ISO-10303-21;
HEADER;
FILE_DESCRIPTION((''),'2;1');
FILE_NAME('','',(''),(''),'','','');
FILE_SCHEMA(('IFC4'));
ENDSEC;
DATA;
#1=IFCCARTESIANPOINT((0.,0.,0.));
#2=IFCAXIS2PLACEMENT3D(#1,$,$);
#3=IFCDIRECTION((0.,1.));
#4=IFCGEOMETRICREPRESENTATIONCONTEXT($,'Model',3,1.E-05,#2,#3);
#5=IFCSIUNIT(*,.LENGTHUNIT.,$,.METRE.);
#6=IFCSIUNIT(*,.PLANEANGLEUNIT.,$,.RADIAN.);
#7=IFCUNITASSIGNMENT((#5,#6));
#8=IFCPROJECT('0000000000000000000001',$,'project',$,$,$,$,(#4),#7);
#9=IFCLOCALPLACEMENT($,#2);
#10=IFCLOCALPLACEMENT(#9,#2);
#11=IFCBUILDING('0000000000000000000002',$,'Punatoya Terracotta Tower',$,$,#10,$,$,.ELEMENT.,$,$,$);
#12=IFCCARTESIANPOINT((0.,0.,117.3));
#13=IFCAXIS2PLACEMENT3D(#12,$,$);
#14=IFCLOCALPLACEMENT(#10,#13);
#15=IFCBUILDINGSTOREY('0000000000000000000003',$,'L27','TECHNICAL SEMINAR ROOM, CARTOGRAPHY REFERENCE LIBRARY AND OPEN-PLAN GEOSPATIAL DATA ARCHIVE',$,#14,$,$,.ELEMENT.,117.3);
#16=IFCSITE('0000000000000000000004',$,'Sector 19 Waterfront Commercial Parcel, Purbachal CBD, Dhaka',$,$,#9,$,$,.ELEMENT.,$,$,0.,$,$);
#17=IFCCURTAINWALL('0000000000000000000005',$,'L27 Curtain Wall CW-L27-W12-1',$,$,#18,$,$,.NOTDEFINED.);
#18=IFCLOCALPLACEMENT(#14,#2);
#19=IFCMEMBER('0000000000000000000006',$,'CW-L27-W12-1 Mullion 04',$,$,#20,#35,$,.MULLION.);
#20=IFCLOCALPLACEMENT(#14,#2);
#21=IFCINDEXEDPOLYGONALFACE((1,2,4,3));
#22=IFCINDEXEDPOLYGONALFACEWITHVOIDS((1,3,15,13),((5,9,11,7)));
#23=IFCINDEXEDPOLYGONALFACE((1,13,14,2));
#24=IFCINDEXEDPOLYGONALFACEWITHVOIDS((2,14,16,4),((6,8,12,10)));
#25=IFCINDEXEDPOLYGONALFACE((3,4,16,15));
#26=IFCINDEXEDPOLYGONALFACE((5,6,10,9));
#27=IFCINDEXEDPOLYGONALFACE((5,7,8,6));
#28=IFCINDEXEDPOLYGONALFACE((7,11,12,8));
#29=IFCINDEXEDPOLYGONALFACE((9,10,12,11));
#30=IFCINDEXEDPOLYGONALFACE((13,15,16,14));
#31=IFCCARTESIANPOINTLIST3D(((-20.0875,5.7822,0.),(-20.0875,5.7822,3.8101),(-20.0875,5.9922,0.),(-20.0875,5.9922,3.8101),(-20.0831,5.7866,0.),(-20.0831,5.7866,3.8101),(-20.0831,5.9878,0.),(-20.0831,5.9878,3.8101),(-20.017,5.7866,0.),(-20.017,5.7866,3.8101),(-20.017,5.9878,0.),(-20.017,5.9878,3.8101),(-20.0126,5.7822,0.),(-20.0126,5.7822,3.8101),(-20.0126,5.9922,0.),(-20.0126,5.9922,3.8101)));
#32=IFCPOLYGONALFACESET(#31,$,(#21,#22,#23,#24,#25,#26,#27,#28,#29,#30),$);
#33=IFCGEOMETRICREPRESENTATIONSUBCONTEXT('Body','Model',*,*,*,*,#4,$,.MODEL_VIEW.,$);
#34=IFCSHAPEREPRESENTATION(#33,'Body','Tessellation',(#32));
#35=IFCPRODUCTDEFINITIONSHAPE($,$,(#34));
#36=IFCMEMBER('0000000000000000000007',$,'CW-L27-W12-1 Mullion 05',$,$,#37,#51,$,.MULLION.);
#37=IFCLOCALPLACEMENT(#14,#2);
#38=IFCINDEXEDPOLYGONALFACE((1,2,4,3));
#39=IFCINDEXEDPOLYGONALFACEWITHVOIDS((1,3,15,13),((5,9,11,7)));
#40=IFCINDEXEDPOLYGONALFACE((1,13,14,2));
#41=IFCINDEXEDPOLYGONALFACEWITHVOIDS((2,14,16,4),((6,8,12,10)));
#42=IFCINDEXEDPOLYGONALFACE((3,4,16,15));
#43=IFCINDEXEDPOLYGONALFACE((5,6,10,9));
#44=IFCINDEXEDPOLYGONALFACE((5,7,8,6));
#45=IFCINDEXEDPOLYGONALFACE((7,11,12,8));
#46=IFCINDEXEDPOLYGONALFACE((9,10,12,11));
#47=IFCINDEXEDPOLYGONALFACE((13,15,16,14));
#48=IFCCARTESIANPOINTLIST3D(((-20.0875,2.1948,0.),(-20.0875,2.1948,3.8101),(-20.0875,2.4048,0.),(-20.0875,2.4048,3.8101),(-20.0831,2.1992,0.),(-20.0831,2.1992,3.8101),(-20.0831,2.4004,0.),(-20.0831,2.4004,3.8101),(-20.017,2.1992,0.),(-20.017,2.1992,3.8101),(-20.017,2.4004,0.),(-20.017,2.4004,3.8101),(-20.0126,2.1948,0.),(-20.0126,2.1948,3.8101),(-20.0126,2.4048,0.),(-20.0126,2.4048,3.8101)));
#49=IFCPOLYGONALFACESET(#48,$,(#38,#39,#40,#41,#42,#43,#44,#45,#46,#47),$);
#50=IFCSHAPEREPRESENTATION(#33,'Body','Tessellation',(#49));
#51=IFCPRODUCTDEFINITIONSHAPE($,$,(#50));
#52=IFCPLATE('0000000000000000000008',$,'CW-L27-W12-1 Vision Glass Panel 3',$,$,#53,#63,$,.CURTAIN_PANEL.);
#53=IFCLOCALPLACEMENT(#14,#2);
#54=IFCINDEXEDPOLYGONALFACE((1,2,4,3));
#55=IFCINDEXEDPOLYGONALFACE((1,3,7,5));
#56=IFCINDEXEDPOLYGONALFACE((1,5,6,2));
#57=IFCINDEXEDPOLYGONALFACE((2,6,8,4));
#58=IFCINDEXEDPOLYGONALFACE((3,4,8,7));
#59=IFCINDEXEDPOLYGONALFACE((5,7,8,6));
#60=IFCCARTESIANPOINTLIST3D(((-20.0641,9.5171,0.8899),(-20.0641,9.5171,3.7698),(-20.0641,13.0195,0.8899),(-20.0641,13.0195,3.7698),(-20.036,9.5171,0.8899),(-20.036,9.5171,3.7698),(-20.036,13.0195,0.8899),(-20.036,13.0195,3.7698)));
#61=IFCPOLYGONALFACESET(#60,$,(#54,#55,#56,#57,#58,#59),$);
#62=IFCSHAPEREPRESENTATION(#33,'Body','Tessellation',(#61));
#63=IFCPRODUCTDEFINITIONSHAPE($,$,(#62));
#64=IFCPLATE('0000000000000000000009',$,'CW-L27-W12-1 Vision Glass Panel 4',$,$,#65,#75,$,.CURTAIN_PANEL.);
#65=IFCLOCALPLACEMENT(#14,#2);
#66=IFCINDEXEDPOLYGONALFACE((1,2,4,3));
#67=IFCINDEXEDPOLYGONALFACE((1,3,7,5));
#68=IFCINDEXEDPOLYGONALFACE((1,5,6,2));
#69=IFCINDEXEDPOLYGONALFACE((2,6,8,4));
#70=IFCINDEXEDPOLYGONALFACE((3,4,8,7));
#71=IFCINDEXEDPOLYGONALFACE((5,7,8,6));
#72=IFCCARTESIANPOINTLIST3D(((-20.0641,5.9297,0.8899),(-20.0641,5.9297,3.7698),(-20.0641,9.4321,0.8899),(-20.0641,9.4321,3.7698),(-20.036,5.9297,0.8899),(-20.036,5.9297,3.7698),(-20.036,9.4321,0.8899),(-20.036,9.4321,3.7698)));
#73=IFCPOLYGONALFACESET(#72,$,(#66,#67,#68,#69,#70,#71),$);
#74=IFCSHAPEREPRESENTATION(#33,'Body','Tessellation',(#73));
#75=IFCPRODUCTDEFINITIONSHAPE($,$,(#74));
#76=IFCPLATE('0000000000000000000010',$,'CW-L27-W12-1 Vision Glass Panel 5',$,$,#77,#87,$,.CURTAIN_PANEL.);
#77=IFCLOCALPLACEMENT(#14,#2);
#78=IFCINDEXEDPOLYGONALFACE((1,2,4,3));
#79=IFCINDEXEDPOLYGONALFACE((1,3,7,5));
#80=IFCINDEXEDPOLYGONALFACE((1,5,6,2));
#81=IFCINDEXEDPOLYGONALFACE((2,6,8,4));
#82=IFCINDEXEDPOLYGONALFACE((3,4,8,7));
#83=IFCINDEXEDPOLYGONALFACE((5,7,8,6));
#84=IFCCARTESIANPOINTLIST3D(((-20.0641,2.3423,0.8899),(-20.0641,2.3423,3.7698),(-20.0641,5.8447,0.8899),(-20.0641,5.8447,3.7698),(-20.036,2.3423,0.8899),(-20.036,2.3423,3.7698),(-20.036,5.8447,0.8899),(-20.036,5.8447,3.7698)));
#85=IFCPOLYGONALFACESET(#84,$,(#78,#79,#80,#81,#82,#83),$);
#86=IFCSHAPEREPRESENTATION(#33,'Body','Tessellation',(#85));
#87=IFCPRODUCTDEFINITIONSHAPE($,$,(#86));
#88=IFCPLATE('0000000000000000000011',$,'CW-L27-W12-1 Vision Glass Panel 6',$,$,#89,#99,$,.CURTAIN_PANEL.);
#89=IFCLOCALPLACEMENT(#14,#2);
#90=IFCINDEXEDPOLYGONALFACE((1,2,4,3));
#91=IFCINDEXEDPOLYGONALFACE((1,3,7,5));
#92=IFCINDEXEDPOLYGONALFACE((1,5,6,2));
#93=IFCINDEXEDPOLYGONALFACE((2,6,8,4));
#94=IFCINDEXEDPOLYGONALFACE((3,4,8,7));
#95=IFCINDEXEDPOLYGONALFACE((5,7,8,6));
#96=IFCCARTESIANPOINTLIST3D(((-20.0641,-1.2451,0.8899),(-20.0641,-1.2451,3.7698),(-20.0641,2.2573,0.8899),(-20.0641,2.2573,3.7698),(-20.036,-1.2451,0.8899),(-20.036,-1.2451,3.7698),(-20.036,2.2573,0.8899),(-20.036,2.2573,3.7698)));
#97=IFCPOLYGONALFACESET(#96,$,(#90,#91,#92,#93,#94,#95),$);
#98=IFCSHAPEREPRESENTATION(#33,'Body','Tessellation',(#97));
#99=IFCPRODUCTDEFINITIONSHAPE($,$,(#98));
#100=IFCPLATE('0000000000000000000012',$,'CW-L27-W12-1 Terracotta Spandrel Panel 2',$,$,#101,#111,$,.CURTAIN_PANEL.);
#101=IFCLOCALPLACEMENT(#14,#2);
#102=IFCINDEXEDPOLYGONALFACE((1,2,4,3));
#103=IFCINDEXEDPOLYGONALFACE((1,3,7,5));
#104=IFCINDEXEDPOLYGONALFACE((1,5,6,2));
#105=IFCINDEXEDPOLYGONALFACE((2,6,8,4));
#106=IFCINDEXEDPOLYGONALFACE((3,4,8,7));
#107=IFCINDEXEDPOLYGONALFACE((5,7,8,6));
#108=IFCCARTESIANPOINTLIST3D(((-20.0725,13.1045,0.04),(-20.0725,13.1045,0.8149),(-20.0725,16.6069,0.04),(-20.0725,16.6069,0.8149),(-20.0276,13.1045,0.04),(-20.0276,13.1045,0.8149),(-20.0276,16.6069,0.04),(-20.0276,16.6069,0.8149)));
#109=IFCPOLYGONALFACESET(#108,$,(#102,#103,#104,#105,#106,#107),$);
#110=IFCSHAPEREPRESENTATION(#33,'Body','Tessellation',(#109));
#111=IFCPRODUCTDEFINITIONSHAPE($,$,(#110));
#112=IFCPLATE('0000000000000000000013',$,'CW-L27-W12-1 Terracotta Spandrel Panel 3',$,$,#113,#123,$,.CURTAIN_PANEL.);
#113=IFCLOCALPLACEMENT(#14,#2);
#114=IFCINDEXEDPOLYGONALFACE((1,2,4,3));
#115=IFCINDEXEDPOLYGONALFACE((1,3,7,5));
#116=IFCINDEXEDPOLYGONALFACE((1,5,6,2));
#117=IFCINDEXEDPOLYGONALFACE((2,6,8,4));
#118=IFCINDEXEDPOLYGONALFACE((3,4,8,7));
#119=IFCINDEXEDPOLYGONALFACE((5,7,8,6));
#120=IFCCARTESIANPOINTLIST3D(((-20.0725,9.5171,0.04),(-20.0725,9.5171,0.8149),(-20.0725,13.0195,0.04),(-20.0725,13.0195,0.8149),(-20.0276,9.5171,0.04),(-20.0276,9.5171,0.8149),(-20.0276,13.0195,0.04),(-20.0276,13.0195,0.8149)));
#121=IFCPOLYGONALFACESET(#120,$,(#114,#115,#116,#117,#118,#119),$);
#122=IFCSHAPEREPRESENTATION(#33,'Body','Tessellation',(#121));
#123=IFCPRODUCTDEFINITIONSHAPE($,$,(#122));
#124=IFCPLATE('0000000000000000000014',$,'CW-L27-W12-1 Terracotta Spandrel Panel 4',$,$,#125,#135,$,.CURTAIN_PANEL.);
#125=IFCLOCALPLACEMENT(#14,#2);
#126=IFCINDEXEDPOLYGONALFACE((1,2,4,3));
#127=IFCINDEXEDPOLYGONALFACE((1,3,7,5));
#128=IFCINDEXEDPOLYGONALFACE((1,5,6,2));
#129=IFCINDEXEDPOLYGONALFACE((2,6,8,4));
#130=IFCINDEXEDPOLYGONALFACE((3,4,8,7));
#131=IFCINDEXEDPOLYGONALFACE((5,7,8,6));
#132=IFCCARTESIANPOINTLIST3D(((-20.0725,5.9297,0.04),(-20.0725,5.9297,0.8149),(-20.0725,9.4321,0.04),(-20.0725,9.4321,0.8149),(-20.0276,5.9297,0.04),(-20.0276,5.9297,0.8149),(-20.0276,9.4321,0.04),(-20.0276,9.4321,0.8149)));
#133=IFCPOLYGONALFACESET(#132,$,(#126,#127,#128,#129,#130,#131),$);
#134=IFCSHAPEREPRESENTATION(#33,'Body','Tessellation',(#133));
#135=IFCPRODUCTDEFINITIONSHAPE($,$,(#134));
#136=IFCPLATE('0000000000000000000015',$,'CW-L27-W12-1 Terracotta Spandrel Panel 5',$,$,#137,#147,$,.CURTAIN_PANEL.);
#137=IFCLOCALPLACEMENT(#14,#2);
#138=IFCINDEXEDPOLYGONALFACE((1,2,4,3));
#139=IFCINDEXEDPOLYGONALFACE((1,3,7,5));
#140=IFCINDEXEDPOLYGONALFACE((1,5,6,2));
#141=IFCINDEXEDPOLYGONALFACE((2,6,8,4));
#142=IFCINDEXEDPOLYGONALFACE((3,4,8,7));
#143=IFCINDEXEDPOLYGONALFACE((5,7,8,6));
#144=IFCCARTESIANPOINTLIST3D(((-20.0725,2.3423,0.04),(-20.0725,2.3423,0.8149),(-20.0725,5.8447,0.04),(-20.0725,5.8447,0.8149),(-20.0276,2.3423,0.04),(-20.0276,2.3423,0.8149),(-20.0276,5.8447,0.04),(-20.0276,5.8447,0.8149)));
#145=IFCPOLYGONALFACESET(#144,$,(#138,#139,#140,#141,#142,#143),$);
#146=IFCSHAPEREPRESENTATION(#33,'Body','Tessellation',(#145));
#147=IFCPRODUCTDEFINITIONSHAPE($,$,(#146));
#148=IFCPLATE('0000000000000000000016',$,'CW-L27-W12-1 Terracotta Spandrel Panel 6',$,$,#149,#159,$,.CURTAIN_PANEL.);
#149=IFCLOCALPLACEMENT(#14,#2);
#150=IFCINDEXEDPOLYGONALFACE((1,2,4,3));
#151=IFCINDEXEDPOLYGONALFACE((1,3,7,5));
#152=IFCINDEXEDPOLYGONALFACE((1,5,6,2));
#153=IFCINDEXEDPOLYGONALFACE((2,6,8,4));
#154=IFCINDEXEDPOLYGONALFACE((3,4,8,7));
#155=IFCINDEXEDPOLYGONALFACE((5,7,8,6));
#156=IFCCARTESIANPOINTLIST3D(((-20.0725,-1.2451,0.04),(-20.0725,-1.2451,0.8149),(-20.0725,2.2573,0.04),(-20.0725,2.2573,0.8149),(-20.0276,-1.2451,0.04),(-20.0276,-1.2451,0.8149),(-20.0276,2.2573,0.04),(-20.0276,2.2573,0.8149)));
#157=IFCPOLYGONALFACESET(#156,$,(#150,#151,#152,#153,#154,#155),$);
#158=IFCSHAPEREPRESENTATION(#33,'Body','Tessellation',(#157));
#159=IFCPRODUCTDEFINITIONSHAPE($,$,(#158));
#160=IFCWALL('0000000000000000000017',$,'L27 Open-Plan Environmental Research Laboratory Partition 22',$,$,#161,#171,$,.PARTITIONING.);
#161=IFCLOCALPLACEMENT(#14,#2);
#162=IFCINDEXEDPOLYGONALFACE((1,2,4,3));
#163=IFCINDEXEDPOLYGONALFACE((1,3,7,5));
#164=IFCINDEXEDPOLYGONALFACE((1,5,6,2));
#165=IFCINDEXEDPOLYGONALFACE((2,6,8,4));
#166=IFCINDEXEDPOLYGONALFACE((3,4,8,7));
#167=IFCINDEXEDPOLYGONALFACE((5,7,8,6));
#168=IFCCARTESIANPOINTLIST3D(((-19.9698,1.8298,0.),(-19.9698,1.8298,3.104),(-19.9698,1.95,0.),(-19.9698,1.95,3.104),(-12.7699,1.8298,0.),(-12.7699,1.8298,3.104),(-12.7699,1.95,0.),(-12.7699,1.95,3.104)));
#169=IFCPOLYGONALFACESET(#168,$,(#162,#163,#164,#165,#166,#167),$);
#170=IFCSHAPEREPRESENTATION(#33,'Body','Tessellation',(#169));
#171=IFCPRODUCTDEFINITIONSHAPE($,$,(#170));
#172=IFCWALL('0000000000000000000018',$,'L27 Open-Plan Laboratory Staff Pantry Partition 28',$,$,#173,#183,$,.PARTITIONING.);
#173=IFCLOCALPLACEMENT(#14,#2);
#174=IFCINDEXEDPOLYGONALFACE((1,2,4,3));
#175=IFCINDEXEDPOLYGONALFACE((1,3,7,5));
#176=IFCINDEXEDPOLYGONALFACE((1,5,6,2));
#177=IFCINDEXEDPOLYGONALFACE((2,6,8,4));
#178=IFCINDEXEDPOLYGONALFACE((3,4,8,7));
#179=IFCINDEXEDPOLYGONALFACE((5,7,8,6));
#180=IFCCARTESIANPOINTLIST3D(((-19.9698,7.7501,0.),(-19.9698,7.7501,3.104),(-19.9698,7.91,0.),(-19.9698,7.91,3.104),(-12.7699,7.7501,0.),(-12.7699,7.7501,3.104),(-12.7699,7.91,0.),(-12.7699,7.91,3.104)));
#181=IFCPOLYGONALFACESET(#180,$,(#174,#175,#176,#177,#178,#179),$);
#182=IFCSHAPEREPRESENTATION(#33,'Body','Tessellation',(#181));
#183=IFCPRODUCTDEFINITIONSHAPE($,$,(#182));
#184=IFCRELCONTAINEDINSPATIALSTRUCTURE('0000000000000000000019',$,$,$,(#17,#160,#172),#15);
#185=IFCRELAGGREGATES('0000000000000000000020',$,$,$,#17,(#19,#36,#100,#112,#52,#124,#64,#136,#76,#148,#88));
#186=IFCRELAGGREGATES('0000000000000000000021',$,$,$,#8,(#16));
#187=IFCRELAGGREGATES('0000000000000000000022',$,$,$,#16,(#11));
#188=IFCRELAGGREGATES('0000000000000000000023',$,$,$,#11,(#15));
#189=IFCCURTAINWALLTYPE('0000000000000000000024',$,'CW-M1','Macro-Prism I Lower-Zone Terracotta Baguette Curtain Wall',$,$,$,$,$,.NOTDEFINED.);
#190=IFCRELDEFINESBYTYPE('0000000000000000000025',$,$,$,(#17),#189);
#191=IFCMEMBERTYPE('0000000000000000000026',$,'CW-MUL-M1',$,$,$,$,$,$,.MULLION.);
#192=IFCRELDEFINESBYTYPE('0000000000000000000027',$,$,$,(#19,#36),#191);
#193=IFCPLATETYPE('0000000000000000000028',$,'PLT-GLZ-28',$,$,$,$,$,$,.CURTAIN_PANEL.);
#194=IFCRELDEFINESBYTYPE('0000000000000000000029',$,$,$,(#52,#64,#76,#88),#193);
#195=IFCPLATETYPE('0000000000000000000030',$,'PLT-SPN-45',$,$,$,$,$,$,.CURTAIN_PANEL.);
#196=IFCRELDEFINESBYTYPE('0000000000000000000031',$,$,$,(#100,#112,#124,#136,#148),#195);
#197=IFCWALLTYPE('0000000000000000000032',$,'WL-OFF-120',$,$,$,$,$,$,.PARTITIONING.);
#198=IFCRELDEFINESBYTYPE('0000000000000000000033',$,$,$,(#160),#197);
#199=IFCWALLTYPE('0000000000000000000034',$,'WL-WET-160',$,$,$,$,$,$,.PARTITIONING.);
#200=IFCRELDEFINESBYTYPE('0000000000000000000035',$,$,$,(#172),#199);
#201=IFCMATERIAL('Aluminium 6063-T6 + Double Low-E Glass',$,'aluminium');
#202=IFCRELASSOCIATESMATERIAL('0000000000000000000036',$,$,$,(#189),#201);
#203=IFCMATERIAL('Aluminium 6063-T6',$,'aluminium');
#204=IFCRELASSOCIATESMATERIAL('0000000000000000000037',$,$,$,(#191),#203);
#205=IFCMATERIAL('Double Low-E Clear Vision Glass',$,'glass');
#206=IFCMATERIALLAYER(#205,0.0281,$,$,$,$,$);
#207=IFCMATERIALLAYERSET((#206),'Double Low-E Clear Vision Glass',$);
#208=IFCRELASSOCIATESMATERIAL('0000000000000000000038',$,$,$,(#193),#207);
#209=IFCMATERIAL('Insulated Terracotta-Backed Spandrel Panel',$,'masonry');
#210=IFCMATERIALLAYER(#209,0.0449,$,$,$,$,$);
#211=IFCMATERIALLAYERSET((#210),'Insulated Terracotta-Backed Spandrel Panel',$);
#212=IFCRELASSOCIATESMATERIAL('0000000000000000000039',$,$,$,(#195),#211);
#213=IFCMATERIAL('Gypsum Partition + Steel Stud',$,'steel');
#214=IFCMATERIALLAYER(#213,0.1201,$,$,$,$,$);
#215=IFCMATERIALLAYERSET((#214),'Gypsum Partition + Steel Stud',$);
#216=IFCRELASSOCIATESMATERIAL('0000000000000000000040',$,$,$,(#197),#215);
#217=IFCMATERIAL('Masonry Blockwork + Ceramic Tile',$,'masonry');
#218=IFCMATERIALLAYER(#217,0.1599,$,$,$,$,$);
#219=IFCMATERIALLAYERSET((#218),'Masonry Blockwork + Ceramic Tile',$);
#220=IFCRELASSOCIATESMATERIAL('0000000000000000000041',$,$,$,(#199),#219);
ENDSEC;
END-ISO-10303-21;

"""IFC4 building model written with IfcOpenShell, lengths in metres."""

from ifc_helpers import new_model, si_unit, direction, frame, frame_2d, origin, origin_2d, place, context, subcontext, project, spatial, rectangle, hollow_rectangle, extrude, material, layer, layer_set, material_profile, profile_set, type_object, element, aggregate, save


model = new_model("IFC4")

# Units and contexts
model_context = context("Model", 3, precision=1e-05, world=origin(), true_north=direction((0.0, 1.0)))
body_context = subcontext(model_context, "Body", "Model", "MODEL_VIEW")
ifc_project = project(units=[si_unit("LENGTHUNIT", "METRE"), si_unit("PLANEANGLEUNIT", "RADIAN")], contexts=[model_context])

# Site, building, storey
site_placement = place(None, origin())
site = spatial("IfcSite", under=ifc_project, at=site_placement, Name="Sector 19 Waterfront Commercial Parcel, Purbachal CBD, Dhaka", CompositionType="ELEMENT", RefElevation=0.0)
building_placement = place(site_placement, origin())
building = spatial("IfcBuilding", under=site, at=building_placement, Name="Punatoya Terracotta Tower", CompositionType="ELEMENT")
storey_placement = place(building_placement, frame((0.0, 0.0, 117.3)))
storey = spatial("IfcBuildingStorey", under=building, at=storey_placement, Name="L27", Description="TECHNICAL SEMINAR ROOM, CARTOGRAPHY REFERENCE LIBRARY AND OPEN-PLAN GEOSPATIAL DATA ARCHIVE", CompositionType="ELEMENT", Elevation=117.3)

# Curtain wall, members, plates
ifc_material_1 = material(Name="Aluminium 6063-T6 + Double Low-E Glass", Category="aluminium")
curtain_wall_type = type_object("IfcCurtainWallType", Name="CW-M1", Description="Macro-Prism I Lower-Zone Terracotta Baguette Curtain Wall", PredefinedType="NOTDEFINED", material=ifc_material_1)
curtain_wall_placement = place(storey_placement, origin())
curtain_wall = element("IfcCurtainWall", 1, at=curtain_wall_placement, inside=storey, type_object=curtain_wall_type, Name="L27 Curtain Wall CW-L27-W12-1", PredefinedType="NOTDEFINED")
ifc_material_2 = material(Name="Aluminium 6063-T6", Category="aluminium")
ifc_material_profile_1 = material_profile(ifc_material_2, hollow_rectangle(XDim=0.075, YDim=0.21, WallThickness=0.0044, at=origin_2d()))
ifc_profile_set_1 = profile_set([ifc_material_profile_1], Name="Aluminium 6063-T6")
member_type = type_object("IfcMemberType", Name="CW-MUL-M1", PredefinedType="MULLION", material=ifc_profile_set_1)
member_1_placement = place(storey_placement, frame((-20.05, 5.8872, 0.0), z_axis=(0.0, 0.0, 1.0), x_axis=(1.0, 0.0, 0.0)))
member_1 = element("IfcMember", 2, at=member_1_placement, type_object=member_type, Name="CW-L27-W12-1 Mullion 04", PredefinedType="MULLION", context=body_context, shape_type="SweptSolid", body=[
    extrude(hollow_rectangle(XDim=0.075, YDim=0.21, WallThickness=0.0044, at=origin_2d()), origin(), (0.0, 0.0, 1.0), 3.8101),
])
member_2_placement = place(storey_placement, frame((-20.05, 2.2998, 0.0), z_axis=(0.0, 0.0, 1.0), x_axis=(1.0, 0.0, 0.0)))
member_2 = element("IfcMember", 3, at=member_2_placement, type_object=member_type, Name="CW-L27-W12-1 Mullion 05", PredefinedType="MULLION", context=body_context, shape_type="SweptSolid", body=[
    extrude(hollow_rectangle(XDim=0.075, YDim=0.21, WallThickness=0.0044, at=origin_2d()), origin(), (0.0, 0.0, 1.0), 3.8101),
])
ifc_material_3 = material(Name="Double Low-E Clear Vision Glass", Category="glass")
ifc_layer_1 = layer(ifc_material_3, 0.0281)
ifc_layer_set_1 = layer_set([ifc_layer_1], Name="Double Low-E Clear Vision Glass")
plate_type_1 = type_object("IfcPlateType", Name="PLT-GLZ-28", PredefinedType="CURTAIN_PANEL", material=ifc_layer_set_1)
plate_1_placement = place(storey_placement, frame((-20.05, 11.2683, 0.8899), z_axis=(0.0, 0.0, 1.0), x_axis=(0.0, -1.0, 0.0)))
plate_1 = element("IfcPlate", 4, at=plate_1_placement, type_object=plate_type_1, Name="CW-L27-W12-1 Vision Glass Panel 3", PredefinedType="CURTAIN_PANEL", context=body_context, shape_type="SweptSolid", body=[
    extrude(rectangle(XDim=3.5024, YDim=0.0281, at=origin_2d()), origin(), (0.0, 0.0, 1.0), 2.8799),
])
plate_2_placement = place(storey_placement, frame((-20.05, 7.6809, 0.8899), z_axis=(0.0, 0.0, 1.0), x_axis=(0.0, -1.0, 0.0)))
plate_2 = element("IfcPlate", 5, at=plate_2_placement, type_object=plate_type_1, Name="CW-L27-W12-1 Vision Glass Panel 4", PredefinedType="CURTAIN_PANEL", context=body_context, shape_type="SweptSolid", body=[
    extrude(rectangle(XDim=3.5024, YDim=0.0281, at=origin_2d()), origin(), (0.0, 0.0, 1.0), 2.8799),
])
plate_3_placement = place(storey_placement, frame((-20.05, 4.0935, 0.8899), z_axis=(0.0, 0.0, 1.0), x_axis=(0.0, -1.0, 0.0)))
plate_3 = element("IfcPlate", 6, at=plate_3_placement, type_object=plate_type_1, Name="CW-L27-W12-1 Vision Glass Panel 5", PredefinedType="CURTAIN_PANEL", context=body_context, shape_type="SweptSolid", body=[
    extrude(rectangle(XDim=3.5024, YDim=0.0281, at=origin_2d()), origin(), (0.0, 0.0, 1.0), 2.8799),
])
plate_4_placement = place(storey_placement, frame((-20.05, 0.5061, 0.8899), z_axis=(0.0, 0.0, 1.0), x_axis=(0.0, -1.0, 0.0)))
plate_4 = element("IfcPlate", 7, at=plate_4_placement, type_object=plate_type_1, Name="CW-L27-W12-1 Vision Glass Panel 6", PredefinedType="CURTAIN_PANEL", context=body_context, shape_type="SweptSolid", body=[
    extrude(rectangle(XDim=3.5024, YDim=0.0281, at=origin_2d()), origin(), (0.0, 0.0, 1.0), 2.8799),
])
ifc_material_4 = material(Name="Insulated Terracotta-Backed Spandrel Panel", Category="masonry")
ifc_layer_2 = layer(ifc_material_4, 0.0449)
ifc_layer_set_2 = layer_set([ifc_layer_2], Name="Insulated Terracotta-Backed Spandrel Panel")
plate_type_2 = type_object("IfcPlateType", Name="PLT-SPN-45", PredefinedType="CURTAIN_PANEL", material=ifc_layer_set_2)
plate_5_placement = place(storey_placement, frame((-20.05, 14.8557, 0.04), z_axis=(0.0, 0.0, 1.0), x_axis=(0.0, -1.0, 0.0)))
plate_5 = element("IfcPlate", 8, at=plate_5_placement, type_object=plate_type_2, Name="CW-L27-W12-1 Terracotta Spandrel Panel 2", PredefinedType="CURTAIN_PANEL", context=body_context, shape_type="SweptSolid", body=[
    extrude(rectangle(XDim=3.5024, YDim=0.0449, at=origin_2d()), origin(), (0.0, 0.0, 1.0), 0.7749),
])
plate_6_placement = place(storey_placement, frame((-20.05, 11.2683, 0.04), z_axis=(0.0, 0.0, 1.0), x_axis=(0.0, -1.0, 0.0)))
plate_6 = element("IfcPlate", 9, at=plate_6_placement, type_object=plate_type_2, Name="CW-L27-W12-1 Terracotta Spandrel Panel 3", PredefinedType="CURTAIN_PANEL", context=body_context, shape_type="SweptSolid", body=[
    extrude(rectangle(XDim=3.5024, YDim=0.0449, at=origin_2d()), origin(), (0.0, 0.0, 1.0), 0.7749),
])
plate_7_placement = place(storey_placement, frame((-20.05, 7.6809, 0.04), z_axis=(0.0, 0.0, 1.0), x_axis=(0.0, -1.0, 0.0)))
plate_7 = element("IfcPlate", 10, at=plate_7_placement, type_object=plate_type_2, Name="CW-L27-W12-1 Terracotta Spandrel Panel 4", PredefinedType="CURTAIN_PANEL", context=body_context, shape_type="SweptSolid", body=[
    extrude(rectangle(XDim=3.5024, YDim=0.0449, at=origin_2d()), origin(), (0.0, 0.0, 1.0), 0.7749),
])
plate_8_placement = place(storey_placement, frame((-20.05, 4.0935, 0.04), z_axis=(0.0, 0.0, 1.0), x_axis=(0.0, -1.0, 0.0)))
plate_8 = element("IfcPlate", 11, at=plate_8_placement, type_object=plate_type_2, Name="CW-L27-W12-1 Terracotta Spandrel Panel 5", PredefinedType="CURTAIN_PANEL", context=body_context, shape_type="SweptSolid", body=[
    extrude(rectangle(XDim=3.5024, YDim=0.0449, at=origin_2d()), origin(), (0.0, 0.0, 1.0), 0.7749),
])
plate_9_placement = place(storey_placement, frame((-20.05, 0.5061, 0.04), z_axis=(0.0, 0.0, 1.0), x_axis=(0.0, -1.0, 0.0)))
plate_9 = element("IfcPlate", 12, at=plate_9_placement, type_object=plate_type_2, Name="CW-L27-W12-1 Terracotta Spandrel Panel 6", PredefinedType="CURTAIN_PANEL", context=body_context, shape_type="SweptSolid", body=[
    extrude(rectangle(XDim=3.5024, YDim=0.0449, at=origin_2d()), origin(), (0.0, 0.0, 1.0), 0.7749),
])
aggregate(curtain_wall, [member_1, member_2, plate_5, plate_6, plate_1, plate_7, plate_2, plate_8, plate_3, plate_9, plate_4])

# Walls
ifc_material_5 = material(Name="Gypsum Partition + Steel Stud", Category="steel")
ifc_layer_3 = layer(ifc_material_5, 0.1201)
ifc_layer_set_3 = layer_set([ifc_layer_3], Name="Gypsum Partition + Steel Stud")
wall_type_1 = type_object("IfcWallType", Name="WL-OFF-120", PredefinedType="PARTITIONING", material=ifc_layer_set_3)
wall_1_placement = place(storey_placement, frame((-19.97, 1.8899, 0.0), z_axis=(0.0, 0.0, 1.0), x_axis=(1.0, 0.0, 0.0)))
element("IfcWall", 13, at=wall_1_placement, inside=storey, type_object=wall_type_1, Name="L27 Open-Plan Environmental Research Laboratory Partition 22", PredefinedType="PARTITIONING", context=body_context, shape_type="SweptSolid", body=[
    extrude(rectangle(XDim=7.2, YDim=0.1201, at=frame_2d((3.6001, 0.0))), origin(), (0.0, 0.0, 1.0), 3.104),
])
ifc_material_6 = material(Name="Masonry Blockwork + Ceramic Tile", Category="masonry")
ifc_layer_4 = layer(ifc_material_6, 0.1599)
ifc_layer_set_4 = layer_set([ifc_layer_4], Name="Masonry Blockwork + Ceramic Tile")
wall_type_2 = type_object("IfcWallType", Name="WL-WET-160", PredefinedType="PARTITIONING", material=ifc_layer_set_4)
wall_2_placement = place(storey_placement, frame((-19.97, 7.8301, 0.0), z_axis=(0.0, 0.0, 1.0), x_axis=(1.0, 0.0, 0.0)))
element("IfcWall", 14, at=wall_2_placement, inside=storey, type_object=wall_type_2, Name="L27 Open-Plan Laboratory Staff Pantry Partition 28", PredefinedType="PARTITIONING", context=body_context, shape_type="SweptSolid", body=[
    extrude(rectangle(XDim=7.2, YDim=0.1599, at=frame_2d((3.6001, 0.0))), origin(), (0.0, 0.0, 1.0), 3.104),
])

save(model, "model.ifc")
